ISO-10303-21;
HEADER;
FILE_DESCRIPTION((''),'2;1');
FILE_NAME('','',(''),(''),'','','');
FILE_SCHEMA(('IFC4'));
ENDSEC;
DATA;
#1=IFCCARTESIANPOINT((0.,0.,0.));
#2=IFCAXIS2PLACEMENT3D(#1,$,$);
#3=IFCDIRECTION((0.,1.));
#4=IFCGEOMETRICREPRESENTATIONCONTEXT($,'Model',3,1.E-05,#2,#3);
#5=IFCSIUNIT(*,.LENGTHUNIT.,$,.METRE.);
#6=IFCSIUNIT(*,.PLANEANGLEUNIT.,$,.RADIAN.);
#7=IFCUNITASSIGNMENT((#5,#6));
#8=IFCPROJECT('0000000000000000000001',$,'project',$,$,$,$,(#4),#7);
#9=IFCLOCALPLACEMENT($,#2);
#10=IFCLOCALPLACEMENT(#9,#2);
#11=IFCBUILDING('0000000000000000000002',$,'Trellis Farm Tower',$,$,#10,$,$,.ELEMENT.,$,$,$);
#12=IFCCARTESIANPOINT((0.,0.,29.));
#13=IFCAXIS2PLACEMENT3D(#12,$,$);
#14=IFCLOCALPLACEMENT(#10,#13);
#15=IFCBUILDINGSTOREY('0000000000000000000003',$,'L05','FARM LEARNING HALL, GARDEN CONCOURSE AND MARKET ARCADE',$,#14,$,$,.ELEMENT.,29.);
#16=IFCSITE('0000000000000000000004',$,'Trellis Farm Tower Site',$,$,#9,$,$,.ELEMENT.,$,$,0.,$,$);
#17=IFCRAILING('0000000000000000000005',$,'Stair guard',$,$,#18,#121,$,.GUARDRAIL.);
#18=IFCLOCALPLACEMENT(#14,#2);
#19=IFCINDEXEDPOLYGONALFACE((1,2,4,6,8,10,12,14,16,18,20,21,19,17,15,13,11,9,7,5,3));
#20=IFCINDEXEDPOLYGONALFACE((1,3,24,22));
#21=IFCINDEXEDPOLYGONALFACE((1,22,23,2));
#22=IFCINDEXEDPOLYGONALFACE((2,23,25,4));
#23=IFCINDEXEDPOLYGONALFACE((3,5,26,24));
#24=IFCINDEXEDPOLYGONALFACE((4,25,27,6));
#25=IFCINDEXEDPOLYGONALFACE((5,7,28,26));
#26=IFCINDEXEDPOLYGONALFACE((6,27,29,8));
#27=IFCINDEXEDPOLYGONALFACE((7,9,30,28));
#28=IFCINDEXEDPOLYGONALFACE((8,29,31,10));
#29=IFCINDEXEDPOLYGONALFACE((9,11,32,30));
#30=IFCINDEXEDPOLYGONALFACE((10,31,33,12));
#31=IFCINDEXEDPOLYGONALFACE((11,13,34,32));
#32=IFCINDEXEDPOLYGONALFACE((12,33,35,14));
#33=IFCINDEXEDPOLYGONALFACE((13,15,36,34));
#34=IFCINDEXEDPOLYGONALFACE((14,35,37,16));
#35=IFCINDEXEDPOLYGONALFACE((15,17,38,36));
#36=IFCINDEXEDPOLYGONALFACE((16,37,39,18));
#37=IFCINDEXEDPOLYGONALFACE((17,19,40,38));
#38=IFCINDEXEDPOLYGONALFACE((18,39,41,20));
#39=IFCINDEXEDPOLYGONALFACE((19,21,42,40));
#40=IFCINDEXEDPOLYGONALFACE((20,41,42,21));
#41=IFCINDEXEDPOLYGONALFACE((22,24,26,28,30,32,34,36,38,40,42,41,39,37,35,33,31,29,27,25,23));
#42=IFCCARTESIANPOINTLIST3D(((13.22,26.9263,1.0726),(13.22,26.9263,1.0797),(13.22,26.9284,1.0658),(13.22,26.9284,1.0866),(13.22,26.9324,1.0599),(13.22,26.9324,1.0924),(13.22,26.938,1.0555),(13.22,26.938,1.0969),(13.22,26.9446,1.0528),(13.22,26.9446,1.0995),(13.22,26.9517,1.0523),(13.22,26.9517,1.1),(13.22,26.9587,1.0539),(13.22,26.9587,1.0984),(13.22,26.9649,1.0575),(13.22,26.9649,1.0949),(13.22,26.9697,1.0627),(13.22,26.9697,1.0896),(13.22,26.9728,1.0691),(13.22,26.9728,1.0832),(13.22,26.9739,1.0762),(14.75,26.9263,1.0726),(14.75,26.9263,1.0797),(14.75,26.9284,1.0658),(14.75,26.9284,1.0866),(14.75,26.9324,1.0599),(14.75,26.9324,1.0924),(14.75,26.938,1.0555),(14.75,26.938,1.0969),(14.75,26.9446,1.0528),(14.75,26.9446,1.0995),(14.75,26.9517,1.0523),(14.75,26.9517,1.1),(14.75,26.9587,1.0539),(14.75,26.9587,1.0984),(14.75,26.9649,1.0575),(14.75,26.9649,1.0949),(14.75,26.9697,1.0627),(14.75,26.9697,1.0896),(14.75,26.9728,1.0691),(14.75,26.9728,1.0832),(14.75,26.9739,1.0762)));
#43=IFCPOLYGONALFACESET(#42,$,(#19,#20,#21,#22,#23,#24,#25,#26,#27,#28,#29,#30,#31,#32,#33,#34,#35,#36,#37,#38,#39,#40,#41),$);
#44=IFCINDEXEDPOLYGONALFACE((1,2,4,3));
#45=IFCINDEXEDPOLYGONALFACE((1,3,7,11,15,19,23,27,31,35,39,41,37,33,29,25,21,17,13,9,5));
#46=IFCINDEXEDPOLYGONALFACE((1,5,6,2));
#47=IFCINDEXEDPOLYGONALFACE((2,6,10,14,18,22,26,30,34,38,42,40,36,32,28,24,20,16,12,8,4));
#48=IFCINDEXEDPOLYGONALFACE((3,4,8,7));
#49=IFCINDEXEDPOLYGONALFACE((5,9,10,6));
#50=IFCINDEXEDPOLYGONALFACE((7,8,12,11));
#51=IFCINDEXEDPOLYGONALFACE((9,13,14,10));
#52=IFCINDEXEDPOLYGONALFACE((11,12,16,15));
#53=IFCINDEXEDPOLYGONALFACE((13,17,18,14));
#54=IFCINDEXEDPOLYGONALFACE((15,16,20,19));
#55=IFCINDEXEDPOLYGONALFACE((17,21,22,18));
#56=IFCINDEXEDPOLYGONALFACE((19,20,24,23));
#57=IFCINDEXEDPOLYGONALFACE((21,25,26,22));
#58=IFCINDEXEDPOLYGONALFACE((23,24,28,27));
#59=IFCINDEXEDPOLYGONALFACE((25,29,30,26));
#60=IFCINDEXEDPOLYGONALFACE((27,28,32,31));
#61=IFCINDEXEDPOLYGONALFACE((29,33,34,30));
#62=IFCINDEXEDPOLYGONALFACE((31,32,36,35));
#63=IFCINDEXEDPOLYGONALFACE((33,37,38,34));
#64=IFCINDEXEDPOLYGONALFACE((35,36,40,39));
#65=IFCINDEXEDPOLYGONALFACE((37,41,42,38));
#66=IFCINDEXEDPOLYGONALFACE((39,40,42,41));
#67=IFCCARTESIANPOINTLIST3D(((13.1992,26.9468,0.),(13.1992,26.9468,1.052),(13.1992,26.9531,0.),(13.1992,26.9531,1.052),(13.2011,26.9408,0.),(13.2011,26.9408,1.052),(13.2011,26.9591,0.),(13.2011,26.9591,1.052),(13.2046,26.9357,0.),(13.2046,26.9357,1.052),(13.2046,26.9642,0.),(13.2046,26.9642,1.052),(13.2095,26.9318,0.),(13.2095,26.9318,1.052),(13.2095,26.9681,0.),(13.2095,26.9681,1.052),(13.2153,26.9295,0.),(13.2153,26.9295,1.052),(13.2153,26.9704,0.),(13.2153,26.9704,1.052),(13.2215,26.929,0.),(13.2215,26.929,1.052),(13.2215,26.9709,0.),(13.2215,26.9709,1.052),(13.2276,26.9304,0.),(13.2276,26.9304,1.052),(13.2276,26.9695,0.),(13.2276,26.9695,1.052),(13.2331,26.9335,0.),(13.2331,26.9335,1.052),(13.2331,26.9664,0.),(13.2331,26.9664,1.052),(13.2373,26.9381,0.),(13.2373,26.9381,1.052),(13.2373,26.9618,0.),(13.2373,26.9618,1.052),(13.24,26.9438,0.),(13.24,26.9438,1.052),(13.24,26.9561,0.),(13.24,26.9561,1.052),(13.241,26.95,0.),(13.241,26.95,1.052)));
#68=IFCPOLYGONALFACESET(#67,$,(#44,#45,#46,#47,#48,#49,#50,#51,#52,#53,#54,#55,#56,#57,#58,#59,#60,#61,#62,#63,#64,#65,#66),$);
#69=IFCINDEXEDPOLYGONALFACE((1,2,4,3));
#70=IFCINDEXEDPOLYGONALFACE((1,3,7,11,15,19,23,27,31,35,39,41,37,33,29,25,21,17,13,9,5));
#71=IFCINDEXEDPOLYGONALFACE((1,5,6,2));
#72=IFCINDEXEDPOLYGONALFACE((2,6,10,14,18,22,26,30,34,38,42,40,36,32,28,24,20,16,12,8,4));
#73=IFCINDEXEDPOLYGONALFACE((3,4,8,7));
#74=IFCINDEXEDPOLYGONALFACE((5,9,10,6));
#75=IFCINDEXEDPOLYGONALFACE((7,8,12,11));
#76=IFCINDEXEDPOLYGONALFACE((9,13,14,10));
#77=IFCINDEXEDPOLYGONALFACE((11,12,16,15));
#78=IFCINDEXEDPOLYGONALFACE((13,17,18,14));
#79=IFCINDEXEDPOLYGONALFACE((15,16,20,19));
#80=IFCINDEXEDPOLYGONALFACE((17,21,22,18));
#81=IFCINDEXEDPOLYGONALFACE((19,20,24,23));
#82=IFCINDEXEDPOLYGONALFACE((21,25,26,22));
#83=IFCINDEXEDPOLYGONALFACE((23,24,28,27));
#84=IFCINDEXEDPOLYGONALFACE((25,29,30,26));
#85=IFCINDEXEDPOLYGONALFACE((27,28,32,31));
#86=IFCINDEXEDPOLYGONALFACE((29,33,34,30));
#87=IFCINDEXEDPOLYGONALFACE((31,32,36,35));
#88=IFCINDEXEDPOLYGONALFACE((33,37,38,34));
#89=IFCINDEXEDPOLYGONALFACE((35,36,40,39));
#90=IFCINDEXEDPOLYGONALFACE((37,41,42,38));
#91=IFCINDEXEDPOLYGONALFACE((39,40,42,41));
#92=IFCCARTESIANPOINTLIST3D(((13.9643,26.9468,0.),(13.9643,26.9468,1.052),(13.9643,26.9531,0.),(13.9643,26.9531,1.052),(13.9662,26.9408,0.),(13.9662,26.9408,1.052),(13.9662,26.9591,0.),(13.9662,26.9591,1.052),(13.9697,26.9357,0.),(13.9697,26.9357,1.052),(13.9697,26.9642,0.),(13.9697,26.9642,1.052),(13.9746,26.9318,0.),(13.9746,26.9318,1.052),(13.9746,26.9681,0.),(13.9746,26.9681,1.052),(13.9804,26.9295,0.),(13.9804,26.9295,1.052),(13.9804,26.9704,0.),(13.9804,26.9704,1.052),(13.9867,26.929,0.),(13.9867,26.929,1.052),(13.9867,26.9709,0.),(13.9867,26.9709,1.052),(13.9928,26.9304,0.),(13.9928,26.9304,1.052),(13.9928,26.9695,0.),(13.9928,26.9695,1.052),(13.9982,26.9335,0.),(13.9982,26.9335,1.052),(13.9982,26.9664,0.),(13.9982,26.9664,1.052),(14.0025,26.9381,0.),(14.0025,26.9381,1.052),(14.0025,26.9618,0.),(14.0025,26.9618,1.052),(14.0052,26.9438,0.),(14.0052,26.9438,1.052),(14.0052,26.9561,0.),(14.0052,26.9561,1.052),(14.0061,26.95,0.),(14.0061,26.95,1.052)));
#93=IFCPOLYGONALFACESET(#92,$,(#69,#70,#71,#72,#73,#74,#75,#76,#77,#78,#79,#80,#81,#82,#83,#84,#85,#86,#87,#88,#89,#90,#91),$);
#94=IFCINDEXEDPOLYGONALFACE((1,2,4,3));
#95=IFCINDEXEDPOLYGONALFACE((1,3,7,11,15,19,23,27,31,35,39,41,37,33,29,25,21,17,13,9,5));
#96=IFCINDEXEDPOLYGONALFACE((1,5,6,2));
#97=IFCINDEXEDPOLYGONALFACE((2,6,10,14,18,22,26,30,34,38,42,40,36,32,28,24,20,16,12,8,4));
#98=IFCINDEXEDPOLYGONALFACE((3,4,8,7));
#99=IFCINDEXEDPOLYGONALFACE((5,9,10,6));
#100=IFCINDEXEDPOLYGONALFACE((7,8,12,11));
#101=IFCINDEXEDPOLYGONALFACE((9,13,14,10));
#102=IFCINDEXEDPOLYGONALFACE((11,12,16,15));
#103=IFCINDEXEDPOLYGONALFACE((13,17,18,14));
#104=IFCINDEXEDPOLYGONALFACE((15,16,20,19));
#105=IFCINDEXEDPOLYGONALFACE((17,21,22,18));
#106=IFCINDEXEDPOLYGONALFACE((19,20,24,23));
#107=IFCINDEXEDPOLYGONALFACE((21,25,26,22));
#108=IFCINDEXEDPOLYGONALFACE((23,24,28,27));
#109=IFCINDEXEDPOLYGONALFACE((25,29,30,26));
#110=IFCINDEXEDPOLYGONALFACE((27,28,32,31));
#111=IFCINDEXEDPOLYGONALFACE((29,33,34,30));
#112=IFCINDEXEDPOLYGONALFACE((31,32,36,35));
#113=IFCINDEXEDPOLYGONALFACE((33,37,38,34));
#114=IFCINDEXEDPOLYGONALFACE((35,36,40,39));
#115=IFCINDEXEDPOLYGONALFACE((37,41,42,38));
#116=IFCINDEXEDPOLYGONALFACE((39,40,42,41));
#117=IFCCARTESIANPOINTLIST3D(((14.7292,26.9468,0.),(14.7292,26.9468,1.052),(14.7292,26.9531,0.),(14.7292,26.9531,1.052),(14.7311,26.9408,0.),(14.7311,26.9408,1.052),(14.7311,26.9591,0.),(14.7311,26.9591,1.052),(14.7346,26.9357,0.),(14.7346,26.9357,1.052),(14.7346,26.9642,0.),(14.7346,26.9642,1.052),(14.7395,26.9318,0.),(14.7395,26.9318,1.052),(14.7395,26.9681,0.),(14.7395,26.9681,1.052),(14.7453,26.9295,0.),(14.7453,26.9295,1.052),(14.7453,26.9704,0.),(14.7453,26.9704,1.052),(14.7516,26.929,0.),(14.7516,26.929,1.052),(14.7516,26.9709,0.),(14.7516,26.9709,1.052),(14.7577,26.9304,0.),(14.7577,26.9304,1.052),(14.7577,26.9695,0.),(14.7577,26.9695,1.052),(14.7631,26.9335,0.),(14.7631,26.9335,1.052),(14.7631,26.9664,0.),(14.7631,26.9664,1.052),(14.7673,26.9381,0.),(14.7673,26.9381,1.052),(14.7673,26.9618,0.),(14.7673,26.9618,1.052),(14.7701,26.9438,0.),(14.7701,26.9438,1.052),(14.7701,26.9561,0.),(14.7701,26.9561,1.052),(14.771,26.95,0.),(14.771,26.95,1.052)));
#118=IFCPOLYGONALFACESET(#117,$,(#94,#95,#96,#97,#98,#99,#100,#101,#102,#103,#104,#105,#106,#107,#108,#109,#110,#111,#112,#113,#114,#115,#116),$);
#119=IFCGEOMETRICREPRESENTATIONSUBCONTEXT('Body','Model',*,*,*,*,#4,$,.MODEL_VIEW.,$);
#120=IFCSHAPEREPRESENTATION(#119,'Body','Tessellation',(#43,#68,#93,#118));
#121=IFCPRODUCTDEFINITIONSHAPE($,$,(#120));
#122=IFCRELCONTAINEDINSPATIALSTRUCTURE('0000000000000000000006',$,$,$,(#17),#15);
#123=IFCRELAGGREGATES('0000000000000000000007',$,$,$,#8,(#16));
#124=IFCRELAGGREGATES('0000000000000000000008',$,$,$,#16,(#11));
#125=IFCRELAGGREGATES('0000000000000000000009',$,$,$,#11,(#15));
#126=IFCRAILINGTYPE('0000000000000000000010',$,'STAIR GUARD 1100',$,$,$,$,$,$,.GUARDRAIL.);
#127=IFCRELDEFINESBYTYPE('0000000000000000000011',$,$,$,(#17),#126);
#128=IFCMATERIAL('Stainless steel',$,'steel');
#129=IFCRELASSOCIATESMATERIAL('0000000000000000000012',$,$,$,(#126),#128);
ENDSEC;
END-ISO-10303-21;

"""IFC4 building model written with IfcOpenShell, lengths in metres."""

from ifc_helpers import new_model, si_unit, direction, frame, origin, origin_2d, place, context, subcontext, project, spatial, circle, extrude, source, transform, mapped, material, type_object, element, save


model = new_model("IFC4")

# Units and contexts
model_context = context("Model", 3, precision=1e-05, world=origin(), true_north=direction((0.0, 1.0)))
body_context = subcontext(model_context, "Body", "Model", "MODEL_VIEW")
ifc_project = project(units=[si_unit("LENGTHUNIT", "METRE"), si_unit("PLANEANGLEUNIT", "RADIAN")], contexts=[model_context])

# Site, building, storey
site_placement = place(None, origin())
site = spatial("IfcSite", under=ifc_project, at=site_placement, Name="Trellis Farm Tower Site", CompositionType="ELEMENT", RefElevation=0.0)
building_placement = place(site_placement, origin())
building = spatial("IfcBuilding", under=site, at=building_placement, Name="Trellis Farm Tower", CompositionType="ELEMENT")
storey_placement = place(building_placement, frame((0.0, 0.0, 29.0)))
storey = spatial("IfcBuildingStorey", under=building, at=storey_placement, Name="L05", Description="FARM LEARNING HALL, GARDEN CONCOURSE AND MARKET ARCADE", CompositionType="ELEMENT", Elevation=29.0)

# Railing
ifc_material_1 = material(Name="Stainless steel", Category="steel")
railing_type = type_object("IfcRailingType", Name="STAIR GUARD 1100", PredefinedType="GUARDRAIL", material=ifc_material_1)
shared_shape_1 = source(origin(), body_context, "Body", "SweptSolid", [
    extrude(circle(Radius=0.0239, at=origin_2d()), frame((0.0, 0.0, 1.0762), z_axis=(1.0, 0.0, 0.0), x_axis=(0.0, 1.0, 0.0)), (0.0, 0.0, 1.0), 1.53),
    extrude(circle(Radius=0.021, at=origin_2d()), origin(), (0.0, 0.0, 1.0), 1.052),
    extrude(circle(Radius=0.021, at=origin_2d()), frame((0.7651, 0.0, 0.0)), (0.0, 0.0, 1.0), 1.052),
    extrude(circle(Radius=0.021, at=origin_2d()), frame((1.53, 0.0, 0.0)), (0.0, 0.0, 1.0), 1.052),
])
for number, where, name in (
    (1, (13.22, 26.95, 0.0), "Stair guard"),
):
    element("IfcRailing", number, at=place(storey_placement, frame(where)), inside=storey, type_object=railing_type, Name=name, PredefinedType="GUARDRAIL", context=body_context, shape_type="MappedRepresentation", body=[
        mapped(shared_shape_1, transform((0.0, 0.0, 0.0))),
    ])

save(model, "model.ifc")
